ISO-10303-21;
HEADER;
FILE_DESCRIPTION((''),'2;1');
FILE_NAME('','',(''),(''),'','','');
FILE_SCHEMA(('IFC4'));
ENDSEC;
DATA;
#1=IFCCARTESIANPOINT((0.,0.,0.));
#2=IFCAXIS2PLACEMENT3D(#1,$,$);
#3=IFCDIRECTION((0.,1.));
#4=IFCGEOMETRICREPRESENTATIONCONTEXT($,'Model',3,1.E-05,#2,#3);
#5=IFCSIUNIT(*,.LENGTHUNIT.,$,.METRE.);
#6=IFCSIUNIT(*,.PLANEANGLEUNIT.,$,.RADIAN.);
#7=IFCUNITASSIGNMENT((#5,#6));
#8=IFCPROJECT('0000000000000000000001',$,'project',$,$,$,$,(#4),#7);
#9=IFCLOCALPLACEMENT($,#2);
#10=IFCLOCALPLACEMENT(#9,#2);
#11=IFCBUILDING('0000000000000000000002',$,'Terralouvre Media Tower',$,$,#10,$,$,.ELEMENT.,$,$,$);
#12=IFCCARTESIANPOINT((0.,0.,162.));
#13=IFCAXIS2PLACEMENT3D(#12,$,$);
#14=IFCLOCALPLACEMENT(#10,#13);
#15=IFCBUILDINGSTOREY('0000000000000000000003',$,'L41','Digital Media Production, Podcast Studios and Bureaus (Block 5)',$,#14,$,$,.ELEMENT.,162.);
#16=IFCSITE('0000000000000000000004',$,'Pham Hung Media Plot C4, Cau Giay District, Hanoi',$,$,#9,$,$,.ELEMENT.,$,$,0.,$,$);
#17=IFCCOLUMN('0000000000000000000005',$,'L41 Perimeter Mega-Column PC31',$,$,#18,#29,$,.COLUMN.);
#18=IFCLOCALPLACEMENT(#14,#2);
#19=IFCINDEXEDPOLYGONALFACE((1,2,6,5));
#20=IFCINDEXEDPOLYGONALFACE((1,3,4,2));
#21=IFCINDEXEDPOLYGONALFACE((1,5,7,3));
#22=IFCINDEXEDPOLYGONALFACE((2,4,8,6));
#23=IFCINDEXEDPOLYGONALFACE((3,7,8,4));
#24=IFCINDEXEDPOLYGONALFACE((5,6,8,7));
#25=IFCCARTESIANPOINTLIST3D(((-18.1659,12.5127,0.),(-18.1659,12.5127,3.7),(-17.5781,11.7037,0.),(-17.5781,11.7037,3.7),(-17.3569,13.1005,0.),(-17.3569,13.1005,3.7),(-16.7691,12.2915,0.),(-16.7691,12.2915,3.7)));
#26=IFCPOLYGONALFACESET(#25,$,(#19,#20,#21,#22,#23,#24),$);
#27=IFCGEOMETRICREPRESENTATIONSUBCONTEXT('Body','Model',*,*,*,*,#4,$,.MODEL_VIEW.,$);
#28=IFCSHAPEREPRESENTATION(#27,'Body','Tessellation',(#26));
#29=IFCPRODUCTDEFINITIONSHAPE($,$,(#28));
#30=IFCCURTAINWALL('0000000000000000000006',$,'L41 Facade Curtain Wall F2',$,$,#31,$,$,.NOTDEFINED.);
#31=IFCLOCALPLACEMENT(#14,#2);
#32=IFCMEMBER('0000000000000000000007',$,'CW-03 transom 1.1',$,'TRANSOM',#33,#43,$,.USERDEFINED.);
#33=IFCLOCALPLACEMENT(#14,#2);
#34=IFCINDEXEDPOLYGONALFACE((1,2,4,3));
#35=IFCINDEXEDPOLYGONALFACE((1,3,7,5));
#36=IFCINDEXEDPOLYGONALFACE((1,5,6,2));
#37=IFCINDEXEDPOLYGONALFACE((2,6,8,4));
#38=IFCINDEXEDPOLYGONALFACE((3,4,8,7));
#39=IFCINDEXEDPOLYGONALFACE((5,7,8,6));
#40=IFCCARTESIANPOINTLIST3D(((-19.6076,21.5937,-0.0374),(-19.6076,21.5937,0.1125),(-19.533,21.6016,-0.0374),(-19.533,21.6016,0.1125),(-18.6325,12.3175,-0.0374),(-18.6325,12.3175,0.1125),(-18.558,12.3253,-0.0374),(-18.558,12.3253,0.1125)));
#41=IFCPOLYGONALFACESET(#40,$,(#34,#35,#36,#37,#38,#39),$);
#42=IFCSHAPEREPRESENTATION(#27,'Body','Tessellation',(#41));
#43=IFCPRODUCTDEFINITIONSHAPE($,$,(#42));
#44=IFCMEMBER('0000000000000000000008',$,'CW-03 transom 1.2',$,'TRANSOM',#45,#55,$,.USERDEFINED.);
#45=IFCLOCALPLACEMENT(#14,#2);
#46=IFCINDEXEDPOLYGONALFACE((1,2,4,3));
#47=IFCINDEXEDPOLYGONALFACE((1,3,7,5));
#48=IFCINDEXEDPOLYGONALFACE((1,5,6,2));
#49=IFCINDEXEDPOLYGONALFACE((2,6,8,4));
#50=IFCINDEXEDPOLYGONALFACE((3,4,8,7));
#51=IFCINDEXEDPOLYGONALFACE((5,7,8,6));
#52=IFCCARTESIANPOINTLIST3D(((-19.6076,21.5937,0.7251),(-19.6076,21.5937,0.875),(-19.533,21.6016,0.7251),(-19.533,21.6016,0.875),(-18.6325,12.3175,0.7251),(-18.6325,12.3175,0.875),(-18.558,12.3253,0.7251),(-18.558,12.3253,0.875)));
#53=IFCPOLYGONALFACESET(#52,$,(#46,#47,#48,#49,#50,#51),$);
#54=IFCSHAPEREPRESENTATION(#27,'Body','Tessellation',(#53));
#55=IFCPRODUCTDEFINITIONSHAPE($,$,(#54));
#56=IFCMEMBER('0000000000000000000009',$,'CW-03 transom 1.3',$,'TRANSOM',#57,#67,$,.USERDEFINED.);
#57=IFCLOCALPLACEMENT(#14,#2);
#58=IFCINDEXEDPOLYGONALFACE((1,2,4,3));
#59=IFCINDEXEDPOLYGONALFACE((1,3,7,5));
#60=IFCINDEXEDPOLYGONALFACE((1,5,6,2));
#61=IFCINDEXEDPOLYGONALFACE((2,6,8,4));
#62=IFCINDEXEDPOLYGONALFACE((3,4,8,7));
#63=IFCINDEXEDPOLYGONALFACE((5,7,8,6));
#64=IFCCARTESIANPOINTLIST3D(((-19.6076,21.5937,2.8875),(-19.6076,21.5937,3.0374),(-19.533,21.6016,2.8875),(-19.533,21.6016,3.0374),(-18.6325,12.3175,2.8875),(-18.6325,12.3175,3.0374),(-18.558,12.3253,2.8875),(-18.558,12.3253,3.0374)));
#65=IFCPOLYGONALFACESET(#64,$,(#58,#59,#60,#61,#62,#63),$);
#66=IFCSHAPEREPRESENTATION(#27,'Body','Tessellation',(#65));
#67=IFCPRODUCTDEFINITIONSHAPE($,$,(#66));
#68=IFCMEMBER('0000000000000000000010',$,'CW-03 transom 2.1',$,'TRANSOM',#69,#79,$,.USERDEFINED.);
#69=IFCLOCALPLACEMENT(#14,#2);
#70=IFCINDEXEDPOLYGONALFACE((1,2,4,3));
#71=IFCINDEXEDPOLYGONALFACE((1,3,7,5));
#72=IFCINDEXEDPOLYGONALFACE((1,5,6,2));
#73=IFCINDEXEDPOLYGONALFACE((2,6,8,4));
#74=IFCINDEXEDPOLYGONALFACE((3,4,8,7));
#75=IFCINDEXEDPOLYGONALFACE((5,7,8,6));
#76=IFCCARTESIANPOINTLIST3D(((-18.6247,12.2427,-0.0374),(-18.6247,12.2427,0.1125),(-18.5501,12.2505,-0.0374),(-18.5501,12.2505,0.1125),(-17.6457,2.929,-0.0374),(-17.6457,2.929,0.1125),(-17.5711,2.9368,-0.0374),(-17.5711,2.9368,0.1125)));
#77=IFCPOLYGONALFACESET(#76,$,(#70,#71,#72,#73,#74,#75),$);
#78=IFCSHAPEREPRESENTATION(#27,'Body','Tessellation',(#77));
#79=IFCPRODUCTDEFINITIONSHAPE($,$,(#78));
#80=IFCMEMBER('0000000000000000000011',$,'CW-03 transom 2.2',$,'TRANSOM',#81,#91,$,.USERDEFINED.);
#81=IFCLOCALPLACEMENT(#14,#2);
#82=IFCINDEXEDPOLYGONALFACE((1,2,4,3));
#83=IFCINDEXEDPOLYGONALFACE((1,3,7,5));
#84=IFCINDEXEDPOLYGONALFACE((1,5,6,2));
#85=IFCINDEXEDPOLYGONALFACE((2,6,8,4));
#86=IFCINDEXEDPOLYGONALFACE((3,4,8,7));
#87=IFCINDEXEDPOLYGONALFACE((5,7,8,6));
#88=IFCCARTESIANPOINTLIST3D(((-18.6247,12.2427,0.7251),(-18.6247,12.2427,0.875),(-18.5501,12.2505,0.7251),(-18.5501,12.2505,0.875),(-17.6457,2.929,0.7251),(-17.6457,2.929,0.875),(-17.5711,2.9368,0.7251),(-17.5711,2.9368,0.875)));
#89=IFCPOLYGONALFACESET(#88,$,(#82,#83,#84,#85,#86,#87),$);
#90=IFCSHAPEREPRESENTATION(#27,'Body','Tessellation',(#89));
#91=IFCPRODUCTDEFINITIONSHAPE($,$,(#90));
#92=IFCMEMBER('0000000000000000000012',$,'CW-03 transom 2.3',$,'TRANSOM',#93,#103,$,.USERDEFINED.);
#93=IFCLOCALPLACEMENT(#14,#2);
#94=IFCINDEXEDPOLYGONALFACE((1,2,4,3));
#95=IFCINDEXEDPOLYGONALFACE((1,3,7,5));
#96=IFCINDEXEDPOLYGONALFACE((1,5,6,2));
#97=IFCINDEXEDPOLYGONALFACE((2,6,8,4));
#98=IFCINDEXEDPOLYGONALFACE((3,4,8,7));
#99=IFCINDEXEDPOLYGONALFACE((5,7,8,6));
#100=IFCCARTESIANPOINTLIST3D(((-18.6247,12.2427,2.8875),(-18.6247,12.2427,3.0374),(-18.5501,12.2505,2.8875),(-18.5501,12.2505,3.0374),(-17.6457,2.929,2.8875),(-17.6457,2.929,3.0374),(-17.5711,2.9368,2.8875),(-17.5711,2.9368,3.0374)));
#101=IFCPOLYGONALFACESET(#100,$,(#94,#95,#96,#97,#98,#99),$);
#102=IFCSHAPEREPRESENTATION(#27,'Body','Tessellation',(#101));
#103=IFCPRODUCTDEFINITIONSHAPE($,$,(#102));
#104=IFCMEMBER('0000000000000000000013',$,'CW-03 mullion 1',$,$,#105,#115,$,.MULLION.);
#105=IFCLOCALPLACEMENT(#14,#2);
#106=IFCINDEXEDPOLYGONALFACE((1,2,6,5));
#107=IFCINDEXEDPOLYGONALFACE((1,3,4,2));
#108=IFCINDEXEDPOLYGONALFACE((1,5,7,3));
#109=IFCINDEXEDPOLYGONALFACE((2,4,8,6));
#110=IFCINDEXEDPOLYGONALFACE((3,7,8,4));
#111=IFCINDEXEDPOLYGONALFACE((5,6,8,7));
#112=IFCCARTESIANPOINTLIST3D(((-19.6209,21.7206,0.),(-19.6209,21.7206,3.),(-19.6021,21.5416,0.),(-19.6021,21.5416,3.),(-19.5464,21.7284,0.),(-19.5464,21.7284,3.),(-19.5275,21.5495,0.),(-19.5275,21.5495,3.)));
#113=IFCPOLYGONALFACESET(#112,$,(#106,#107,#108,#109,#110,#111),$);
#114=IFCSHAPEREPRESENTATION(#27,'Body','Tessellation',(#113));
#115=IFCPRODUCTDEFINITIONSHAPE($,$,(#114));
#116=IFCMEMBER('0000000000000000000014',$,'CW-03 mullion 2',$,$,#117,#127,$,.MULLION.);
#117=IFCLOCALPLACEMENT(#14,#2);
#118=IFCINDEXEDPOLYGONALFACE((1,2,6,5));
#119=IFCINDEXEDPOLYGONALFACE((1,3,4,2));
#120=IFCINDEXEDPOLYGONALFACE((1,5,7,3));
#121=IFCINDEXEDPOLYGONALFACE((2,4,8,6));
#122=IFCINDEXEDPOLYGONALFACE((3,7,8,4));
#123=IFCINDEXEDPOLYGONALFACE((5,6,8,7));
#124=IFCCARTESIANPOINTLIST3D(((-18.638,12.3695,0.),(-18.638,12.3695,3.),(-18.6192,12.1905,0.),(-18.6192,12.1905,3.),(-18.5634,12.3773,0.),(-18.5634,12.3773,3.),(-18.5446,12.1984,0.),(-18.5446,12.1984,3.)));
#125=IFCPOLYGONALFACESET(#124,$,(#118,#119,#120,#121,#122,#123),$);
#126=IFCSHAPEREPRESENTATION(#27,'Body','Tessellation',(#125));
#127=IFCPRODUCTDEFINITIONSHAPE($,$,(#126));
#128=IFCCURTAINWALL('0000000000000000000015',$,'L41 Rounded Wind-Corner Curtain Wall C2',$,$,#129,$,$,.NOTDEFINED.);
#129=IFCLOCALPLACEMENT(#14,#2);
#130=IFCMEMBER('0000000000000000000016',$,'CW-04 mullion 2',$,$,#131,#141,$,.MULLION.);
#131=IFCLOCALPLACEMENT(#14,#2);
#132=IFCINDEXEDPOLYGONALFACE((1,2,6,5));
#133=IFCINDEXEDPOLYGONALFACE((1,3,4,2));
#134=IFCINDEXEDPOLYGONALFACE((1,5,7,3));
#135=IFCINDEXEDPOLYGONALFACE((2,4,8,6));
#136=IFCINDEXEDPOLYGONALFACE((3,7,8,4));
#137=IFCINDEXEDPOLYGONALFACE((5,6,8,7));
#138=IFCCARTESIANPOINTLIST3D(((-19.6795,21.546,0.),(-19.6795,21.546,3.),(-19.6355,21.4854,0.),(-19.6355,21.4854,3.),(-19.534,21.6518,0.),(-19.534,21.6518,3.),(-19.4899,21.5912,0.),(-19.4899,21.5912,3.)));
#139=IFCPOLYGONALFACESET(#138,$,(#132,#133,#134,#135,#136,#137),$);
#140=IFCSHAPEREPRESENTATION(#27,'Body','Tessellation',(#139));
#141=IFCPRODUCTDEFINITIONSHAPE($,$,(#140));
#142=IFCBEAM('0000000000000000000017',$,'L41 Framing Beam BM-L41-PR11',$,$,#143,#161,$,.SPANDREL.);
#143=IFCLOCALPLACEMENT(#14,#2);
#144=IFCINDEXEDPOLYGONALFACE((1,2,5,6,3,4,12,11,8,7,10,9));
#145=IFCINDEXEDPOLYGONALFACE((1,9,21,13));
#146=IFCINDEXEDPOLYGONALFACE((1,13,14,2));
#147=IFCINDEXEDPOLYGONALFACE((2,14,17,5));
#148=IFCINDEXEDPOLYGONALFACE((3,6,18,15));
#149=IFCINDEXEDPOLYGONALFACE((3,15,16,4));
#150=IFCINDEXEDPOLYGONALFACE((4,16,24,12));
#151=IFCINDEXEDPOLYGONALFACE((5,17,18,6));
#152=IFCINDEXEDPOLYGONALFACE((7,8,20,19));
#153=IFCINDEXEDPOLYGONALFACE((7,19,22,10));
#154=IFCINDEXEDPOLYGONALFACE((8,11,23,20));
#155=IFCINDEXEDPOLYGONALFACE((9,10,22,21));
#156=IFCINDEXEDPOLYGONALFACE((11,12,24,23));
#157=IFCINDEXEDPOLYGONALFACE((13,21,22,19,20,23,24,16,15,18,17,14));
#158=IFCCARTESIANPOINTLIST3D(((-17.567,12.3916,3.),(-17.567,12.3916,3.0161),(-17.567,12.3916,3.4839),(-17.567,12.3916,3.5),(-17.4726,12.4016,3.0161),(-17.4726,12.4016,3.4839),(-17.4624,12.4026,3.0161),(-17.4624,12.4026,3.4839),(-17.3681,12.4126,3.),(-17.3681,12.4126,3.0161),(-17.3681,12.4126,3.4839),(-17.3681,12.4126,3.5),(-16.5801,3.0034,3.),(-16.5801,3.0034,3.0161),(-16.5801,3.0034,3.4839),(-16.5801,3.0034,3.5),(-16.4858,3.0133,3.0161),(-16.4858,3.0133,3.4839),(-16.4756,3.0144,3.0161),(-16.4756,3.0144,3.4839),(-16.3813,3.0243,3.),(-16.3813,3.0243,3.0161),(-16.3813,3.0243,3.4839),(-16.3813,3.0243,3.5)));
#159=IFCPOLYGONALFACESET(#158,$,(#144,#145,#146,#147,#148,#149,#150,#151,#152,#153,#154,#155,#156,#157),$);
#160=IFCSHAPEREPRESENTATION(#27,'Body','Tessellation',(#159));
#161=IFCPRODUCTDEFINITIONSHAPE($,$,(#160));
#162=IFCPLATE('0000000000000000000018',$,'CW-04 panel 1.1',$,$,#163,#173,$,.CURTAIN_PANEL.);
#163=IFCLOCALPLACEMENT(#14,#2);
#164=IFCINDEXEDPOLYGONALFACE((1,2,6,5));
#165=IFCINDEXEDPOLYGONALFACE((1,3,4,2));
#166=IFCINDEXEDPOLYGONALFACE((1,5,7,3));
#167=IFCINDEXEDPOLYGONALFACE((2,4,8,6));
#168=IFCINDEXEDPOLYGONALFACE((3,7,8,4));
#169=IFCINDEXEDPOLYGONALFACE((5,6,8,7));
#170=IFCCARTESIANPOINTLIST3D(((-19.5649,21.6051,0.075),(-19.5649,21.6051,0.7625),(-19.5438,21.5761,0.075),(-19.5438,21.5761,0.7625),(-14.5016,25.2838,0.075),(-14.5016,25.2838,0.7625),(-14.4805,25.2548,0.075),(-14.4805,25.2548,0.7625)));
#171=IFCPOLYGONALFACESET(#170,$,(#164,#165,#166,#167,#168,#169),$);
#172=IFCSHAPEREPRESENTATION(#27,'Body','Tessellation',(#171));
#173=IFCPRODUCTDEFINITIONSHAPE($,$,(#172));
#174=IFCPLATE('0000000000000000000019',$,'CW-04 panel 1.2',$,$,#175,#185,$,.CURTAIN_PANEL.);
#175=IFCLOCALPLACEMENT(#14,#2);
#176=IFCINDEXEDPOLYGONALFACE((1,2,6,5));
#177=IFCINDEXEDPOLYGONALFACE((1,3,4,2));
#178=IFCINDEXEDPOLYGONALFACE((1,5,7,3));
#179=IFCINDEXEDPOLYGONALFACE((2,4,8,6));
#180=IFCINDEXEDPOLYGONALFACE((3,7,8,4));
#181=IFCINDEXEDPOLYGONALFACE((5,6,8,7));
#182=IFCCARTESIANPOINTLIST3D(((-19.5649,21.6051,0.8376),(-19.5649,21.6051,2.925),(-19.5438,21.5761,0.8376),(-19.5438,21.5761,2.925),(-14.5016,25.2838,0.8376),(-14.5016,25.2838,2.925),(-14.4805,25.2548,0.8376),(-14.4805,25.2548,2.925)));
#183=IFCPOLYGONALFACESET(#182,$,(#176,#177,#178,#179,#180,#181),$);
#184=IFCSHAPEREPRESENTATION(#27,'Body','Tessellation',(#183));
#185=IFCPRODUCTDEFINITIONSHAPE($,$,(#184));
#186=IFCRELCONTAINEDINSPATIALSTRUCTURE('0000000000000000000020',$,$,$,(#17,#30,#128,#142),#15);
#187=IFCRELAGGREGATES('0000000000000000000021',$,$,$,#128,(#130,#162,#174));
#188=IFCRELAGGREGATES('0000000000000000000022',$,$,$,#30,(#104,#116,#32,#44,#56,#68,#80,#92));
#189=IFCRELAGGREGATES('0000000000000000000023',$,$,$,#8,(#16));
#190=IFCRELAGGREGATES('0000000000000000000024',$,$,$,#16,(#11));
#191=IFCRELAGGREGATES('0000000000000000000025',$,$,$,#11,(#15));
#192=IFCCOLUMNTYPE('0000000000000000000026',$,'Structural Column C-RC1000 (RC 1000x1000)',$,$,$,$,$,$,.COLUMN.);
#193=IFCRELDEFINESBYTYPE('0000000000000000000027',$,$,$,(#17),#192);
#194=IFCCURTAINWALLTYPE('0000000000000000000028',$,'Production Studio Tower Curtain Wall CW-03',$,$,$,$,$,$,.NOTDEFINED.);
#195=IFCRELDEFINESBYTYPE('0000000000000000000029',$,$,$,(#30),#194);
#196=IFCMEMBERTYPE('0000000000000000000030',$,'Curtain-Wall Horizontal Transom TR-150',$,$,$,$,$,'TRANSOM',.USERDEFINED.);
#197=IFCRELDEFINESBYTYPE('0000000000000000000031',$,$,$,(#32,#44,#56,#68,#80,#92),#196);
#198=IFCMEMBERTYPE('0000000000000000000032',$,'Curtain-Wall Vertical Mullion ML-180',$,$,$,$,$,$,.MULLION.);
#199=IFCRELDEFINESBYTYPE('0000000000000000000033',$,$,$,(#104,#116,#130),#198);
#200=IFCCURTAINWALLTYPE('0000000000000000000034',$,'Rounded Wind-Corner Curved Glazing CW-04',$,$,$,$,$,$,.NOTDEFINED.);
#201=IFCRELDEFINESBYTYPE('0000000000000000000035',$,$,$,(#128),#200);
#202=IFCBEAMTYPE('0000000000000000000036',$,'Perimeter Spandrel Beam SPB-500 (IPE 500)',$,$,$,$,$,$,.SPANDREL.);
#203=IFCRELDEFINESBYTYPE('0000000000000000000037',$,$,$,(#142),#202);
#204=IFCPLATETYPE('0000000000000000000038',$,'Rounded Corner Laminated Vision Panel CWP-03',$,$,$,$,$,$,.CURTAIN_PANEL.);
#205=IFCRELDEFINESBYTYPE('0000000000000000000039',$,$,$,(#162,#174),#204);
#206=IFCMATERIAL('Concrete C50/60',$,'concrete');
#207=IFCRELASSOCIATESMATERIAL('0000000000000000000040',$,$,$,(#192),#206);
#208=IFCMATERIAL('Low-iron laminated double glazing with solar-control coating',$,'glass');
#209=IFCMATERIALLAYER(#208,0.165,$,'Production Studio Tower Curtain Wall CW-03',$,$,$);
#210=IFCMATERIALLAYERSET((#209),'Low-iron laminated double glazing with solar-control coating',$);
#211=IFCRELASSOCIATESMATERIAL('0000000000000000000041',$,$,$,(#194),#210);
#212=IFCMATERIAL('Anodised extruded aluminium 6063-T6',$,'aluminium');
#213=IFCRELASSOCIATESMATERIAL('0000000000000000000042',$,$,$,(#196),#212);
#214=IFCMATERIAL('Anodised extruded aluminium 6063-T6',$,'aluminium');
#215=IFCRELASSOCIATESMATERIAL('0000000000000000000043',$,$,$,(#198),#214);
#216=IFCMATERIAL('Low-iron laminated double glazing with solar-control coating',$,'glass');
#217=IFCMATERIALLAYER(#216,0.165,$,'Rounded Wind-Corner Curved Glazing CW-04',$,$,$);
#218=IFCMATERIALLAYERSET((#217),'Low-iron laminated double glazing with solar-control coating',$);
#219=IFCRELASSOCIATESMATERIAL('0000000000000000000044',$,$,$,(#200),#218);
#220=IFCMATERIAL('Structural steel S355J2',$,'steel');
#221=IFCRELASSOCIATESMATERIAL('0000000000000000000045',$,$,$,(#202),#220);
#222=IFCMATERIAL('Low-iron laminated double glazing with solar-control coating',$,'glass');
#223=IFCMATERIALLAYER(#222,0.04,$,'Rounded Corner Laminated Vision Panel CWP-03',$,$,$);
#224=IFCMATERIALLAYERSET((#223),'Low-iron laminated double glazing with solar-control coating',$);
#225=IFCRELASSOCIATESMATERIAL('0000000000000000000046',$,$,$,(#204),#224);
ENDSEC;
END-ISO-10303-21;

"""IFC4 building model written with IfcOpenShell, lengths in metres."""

from ifc_helpers import new_model, si_unit, direction, frame, origin, origin_2d, place, context, subcontext, project, spatial, rectangle, i_section, extrude, material, layer, layer_set, material_profile, profile_set, type_object, element, aggregate, save


model = new_model("IFC4")

# Units and contexts
model_context = context("Model", 3, precision=1e-05, world=origin(), true_north=direction((0.0, 1.0)))
body_context = subcontext(model_context, "Body", "Model", "MODEL_VIEW")
ifc_project = project(units=[si_unit("LENGTHUNIT", "METRE"), si_unit("PLANEANGLEUNIT", "RADIAN")], contexts=[model_context])

# Site, building, storey
site_placement = place(None, origin())
site = spatial("IfcSite", under=ifc_project, at=site_placement, Name="Pham Hung Media Plot C4, Cau Giay District, Hanoi", CompositionType="ELEMENT", RefElevation=0.0)
building_placement = place(site_placement, origin())
building = spatial("IfcBuilding", under=site, at=building_placement, Name="Terralouvre Media Tower", CompositionType="ELEMENT")
storey_placement = place(building_placement, frame((0.0, 0.0, 162.0)))
storey = spatial("IfcBuildingStorey", under=building, at=storey_placement, Name="L41", Description="Digital Media Production, Podcast Studios and Bureaus (Block 5)", CompositionType="ELEMENT", Elevation=162.0)

# Column
ifc_material_1 = material(Name="Concrete C50/60", Category="concrete")
ifc_material_profile_1 = material_profile(ifc_material_1, rectangle(XDim=1.0, YDim=1.0, at=origin_2d()), Name="RC 1000x1000")
ifc_profile_set_1 = profile_set([ifc_material_profile_1], Name="Concrete C50/60")
column_type = type_object("IfcColumnType", Name="Structural Column C-RC1000 (RC 1000x1000)", PredefinedType="COLUMN", material=ifc_profile_set_1)
column_placement = place(storey_placement, frame((-17.4675, 12.4021, 0.0), z_axis=(0.0, 0.0, 1.0), x_axis=(0.809017, 0.587785, 0.0)))
element("IfcColumn", 1, at=column_placement, inside=storey, type_object=column_type, Name="L41 Perimeter Mega-Column PC31", PredefinedType="COLUMN", context=body_context, shape_type="SweptSolid", body=[
    extrude(rectangle(XDim=1.0, YDim=1.0, at=origin_2d()), origin(), (0.0, 0.0, 1.0), 3.7),
])

# Curtain wall, members
ifc_material_2 = material(Name="Low-iron laminated double glazing with solar-control coating", Category="glass")
ifc_layer_1 = layer(ifc_material_2, 0.165, Name="Production Studio Tower Curtain Wall CW-03")
ifc_layer_set_1 = layer_set([ifc_layer_1], Name="Low-iron laminated double glazing with solar-control coating")
curtain_wall_type_1 = type_object("IfcCurtainWallType", Name="Production Studio Tower Curtain Wall CW-03", PredefinedType="NOTDEFINED", material=ifc_layer_set_1)
curtain_wall_1_placement = place(storey_placement, origin())
curtain_wall_1 = element("IfcCurtainWall", 2, at=curtain_wall_1_placement, inside=storey, type_object=curtain_wall_type_1, Name="L41 Facade Curtain Wall F2", PredefinedType="NOTDEFINED")
ifc_material_3 = material(Name="Anodised extruded aluminium 6063-T6", Category="aluminium")
ifc_material_profile_2 = material_profile(ifc_material_3, rectangle(XDim=0.075, YDim=0.1499, at=origin_2d()), Name="ALU 75x150")
ifc_profile_set_2 = profile_set([ifc_material_profile_2], Name="Anodised extruded aluminium 6063-T6")
member_type_1 = type_object("IfcMemberType", Name="Curtain-Wall Horizontal Transom TR-150", ElementType="TRANSOM", PredefinedType="USERDEFINED", material=ifc_profile_set_2)
member_1_placement = place(storey_placement, frame((-19.5703, 21.5977, 0.0376), z_axis=(0.10454, -0.994521, 0.0), x_axis=(0.994521, 0.10454, 0.0)))
member_1 = element("IfcMember", 3, at=member_1_placement, type_object=member_type_1, Name="CW-03 transom 1.1", ObjectType="TRANSOM", PredefinedType="USERDEFINED", context=body_context, shape_type="SweptSolid", body=[
    extrude(rectangle(XDim=0.075, YDim=0.1499, at=origin_2d()), origin(), (0.0, 0.0, 1.0), 9.3274),
])
member_2_placement = place(storey_placement, frame((-19.5703, 21.5977, 0.8), z_axis=(0.10454, -0.994521, 0.0), x_axis=(0.994521, 0.10454, 0.0)))
member_2 = element("IfcMember", 4, at=member_2_placement, type_object=member_type_1, Name="CW-03 transom 1.2", ObjectType="TRANSOM", PredefinedType="USERDEFINED", context=body_context, shape_type="SweptSolid", body=[
    extrude(rectangle(XDim=0.075, YDim=0.1499, at=origin_2d()), origin(), (0.0, 0.0, 1.0), 9.3274),
])
member_3_placement = place(storey_placement, frame((-19.5703, 21.5977, 2.9624), z_axis=(0.10454, -0.994521, 0.0), x_axis=(0.994521, 0.10454, 0.0)))
member_3 = element("IfcMember", 5, at=member_3_placement, type_object=member_type_1, Name="CW-03 transom 1.3", ObjectType="TRANSOM", PredefinedType="USERDEFINED", context=body_context, shape_type="SweptSolid", body=[
    extrude(rectangle(XDim=0.075, YDim=0.1499, at=origin_2d()), origin(), (0.0, 0.0, 1.0), 9.3274),
])
member_4_placement = place(storey_placement, frame((-18.5874, 12.2466, 0.0376), z_axis=(0.104538, -0.994521, 0.0), x_axis=(0.994521, 0.104538, 0.0)))
member_4 = element("IfcMember", 6, at=member_4_placement, type_object=member_type_1, Name="CW-03 transom 2.1", ObjectType="TRANSOM", PredefinedType="USERDEFINED", context=body_context, shape_type="SweptSolid", body=[
    extrude(rectangle(XDim=0.075, YDim=0.1499, at=origin_2d()), origin(), (0.0, 0.0, 1.0), 9.365),
])
member_5_placement = place(storey_placement, frame((-18.5874, 12.2466, 0.8), z_axis=(0.104538, -0.994521, 0.0), x_axis=(0.994521, 0.104538, 0.0)))
member_5 = element("IfcMember", 7, at=member_5_placement, type_object=member_type_1, Name="CW-03 transom 2.2", ObjectType="TRANSOM", PredefinedType="USERDEFINED", context=body_context, shape_type="SweptSolid", body=[
    extrude(rectangle(XDim=0.075, YDim=0.1499, at=origin_2d()), origin(), (0.0, 0.0, 1.0), 9.365),
])
member_6_placement = place(storey_placement, frame((-18.5874, 12.2466, 2.9624), z_axis=(0.104538, -0.994521, 0.0), x_axis=(0.994521, 0.104538, 0.0)))
member_6 = element("IfcMember", 8, at=member_6_placement, type_object=member_type_1, Name="CW-03 transom 2.3", ObjectType="TRANSOM", PredefinedType="USERDEFINED", context=body_context, shape_type="SweptSolid", body=[
    extrude(rectangle(XDim=0.075, YDim=0.1499, at=origin_2d()), origin(), (0.0, 0.0, 1.0), 9.365),
])
ifc_material_4 = material(Name="Anodised extruded aluminium 6063-T6", Category="aluminium")
ifc_material_profile_3 = material_profile(ifc_material_4, rectangle(XDim=0.075, YDim=0.1799, at=origin_2d()), Name="ALU 75x180")
ifc_profile_set_3 = profile_set([ifc_material_profile_3], Name="Anodised extruded aluminium 6063-T6")
member_type_2 = type_object("IfcMemberType", Name="Curtain-Wall Vertical Mullion ML-180", PredefinedType="MULLION", material=ifc_profile_set_3)
member_7_placement = place(storey_placement, frame((-19.5742, 21.635, 0.0), z_axis=(0.0, 0.0, 1.0), x_axis=(0.994522, 0.104528, 0.0)))
member_7 = element("IfcMember", 9, at=member_7_placement, type_object=member_type_2, Name="CW-03 mullion 1", PredefinedType="MULLION", context=body_context, shape_type="SweptSolid", body=[
    extrude(rectangle(XDim=0.075, YDim=0.1799, at=origin_2d()), origin(), (0.0, 0.0, 1.0), 3.0),
])
member_8_placement = place(storey_placement, frame((-18.5913, 12.2839, 0.0), z_axis=(0.0, 0.0, 1.0), x_axis=(0.994522, 0.104528, 0.0)))
member_8 = element("IfcMember", 10, at=member_8_placement, type_object=member_type_2, Name="CW-03 mullion 2", PredefinedType="MULLION", context=body_context, shape_type="SweptSolid", body=[
    extrude(rectangle(XDim=0.075, YDim=0.1799, at=origin_2d()), origin(), (0.0, 0.0, 1.0), 3.0),
])

# Curtain wall, member
ifc_material_5 = material(Name="Low-iron laminated double glazing with solar-control coating", Category="glass")
ifc_layer_2 = layer(ifc_material_5, 0.165, Name="Rounded Wind-Corner Curved Glazing CW-04")
ifc_layer_set_2 = layer_set([ifc_layer_2], Name="Low-iron laminated double glazing with solar-control coating")
curtain_wall_type_2 = type_object("IfcCurtainWallType", Name="Rounded Wind-Corner Curved Glazing CW-04", PredefinedType="NOTDEFINED", material=ifc_layer_set_2)
curtain_wall_2_placement = place(storey_placement, origin())
curtain_wall_2 = element("IfcCurtainWall", 11, at=curtain_wall_2_placement, inside=storey, type_object=curtain_wall_type_2, Name="L41 Rounded Wind-Corner Curtain Wall C2", PredefinedType="NOTDEFINED")
member_9_placement = place(storey_placement, frame((-19.5847, 21.5686, 0.0), z_axis=(0.0, 0.0, 1.0), x_axis=(0.587785, -0.809017, 0.0)))
member_9 = element("IfcMember", 12, at=member_9_placement, type_object=member_type_2, Name="CW-04 mullion 2", PredefinedType="MULLION", context=body_context, shape_type="SweptSolid", body=[
    extrude(rectangle(XDim=0.075, YDim=0.1799, at=origin_2d()), origin(), (0.0, 0.0, 1.0), 3.0),
])

# Beam
ifc_material_6 = material(Name="Structural steel S355J2", Category="steel")
ifc_material_profile_4 = material_profile(ifc_material_6, i_section(OverallWidth=0.2, OverallDepth=0.5, WebThickness=0.0103, FlangeThickness=0.0161, at=origin_2d()), Name="IPE 500")
ifc_profile_set_4 = profile_set([ifc_material_profile_4], Name="Structural steel S355J2")
beam_type = type_object("IfcBeamType", Name="Perimeter Spandrel Beam SPB-500 (IPE 500)", PredefinedType="SPANDREL", material=ifc_profile_set_4)
beam_placement = place(storey_placement, frame((-17.4675, 12.4021, 3.25), z_axis=(0.104537, -0.994521, 0.0), x_axis=(0.994521, 0.104537, 0.0)))
element("IfcBeam", 13, at=beam_placement, inside=storey, type_object=beam_type, Name="L41 Framing Beam BM-L41-PR11", PredefinedType="SPANDREL", context=body_context, shape_type="SweptSolid", body=[
    extrude(i_section(OverallWidth=0.2, OverallDepth=0.5, WebThickness=0.0103, FlangeThickness=0.0161, at=origin_2d()), origin(), (0.0, 0.0, 1.0), 9.4399),
])

# Plates
ifc_material_7 = material(Name="Low-iron laminated double glazing with solar-control coating", Category="glass")
ifc_layer_3 = layer(ifc_material_7, 0.04, Name="Rounded Corner Laminated Vision Panel CWP-03")
ifc_layer_set_3 = layer_set([ifc_layer_3], Name="Low-iron laminated double glazing with solar-control coating")
plate_type_1 = type_object("IfcPlateType", Name="Rounded Corner Laminated Vision Panel CWP-03", PredefinedType="CURTAIN_PANEL", material=ifc_layer_set_3)
plate_1_placement = place(storey_placement, frame((-17.0227, 23.4299, 0.075), z_axis=(0.0, 0.0, 1.0), x_axis=(-0.809017, -0.587785, 0.0)))
plate_1 = element("IfcPlate", 14, at=plate_1_placement, type_object=plate_type_1, Name="CW-04 panel 1.1", PredefinedType="CURTAIN_PANEL", context=body_context, shape_type="SweptSolid", body=[
    extrude(rectangle(XDim=6.2585, YDim=0.0359, at=origin_2d()), origin(), (0.0, 0.0, 1.0), 0.6875),
])
plate_2_placement = place(storey_placement, frame((-17.0227, 23.4299, 0.8376), z_axis=(0.0, 0.0, 1.0), x_axis=(-0.809017, -0.587785, 0.0)))
plate_2 = element("IfcPlate", 15, at=plate_2_placement, type_object=plate_type_1, Name="CW-04 panel 1.2", PredefinedType="CURTAIN_PANEL", context=body_context, shape_type="SweptSolid", body=[
    extrude(rectangle(XDim=6.2585, YDim=0.0359, at=origin_2d()), origin(), (0.0, 0.0, 1.0), 2.0874),
])
aggregate(curtain_wall_2, [member_9, plate_1, plate_2])
aggregate(curtain_wall_1, [member_7, member_8, member_1, member_2, member_3, member_4, member_5, member_6])

save(model, "model.ifc")
